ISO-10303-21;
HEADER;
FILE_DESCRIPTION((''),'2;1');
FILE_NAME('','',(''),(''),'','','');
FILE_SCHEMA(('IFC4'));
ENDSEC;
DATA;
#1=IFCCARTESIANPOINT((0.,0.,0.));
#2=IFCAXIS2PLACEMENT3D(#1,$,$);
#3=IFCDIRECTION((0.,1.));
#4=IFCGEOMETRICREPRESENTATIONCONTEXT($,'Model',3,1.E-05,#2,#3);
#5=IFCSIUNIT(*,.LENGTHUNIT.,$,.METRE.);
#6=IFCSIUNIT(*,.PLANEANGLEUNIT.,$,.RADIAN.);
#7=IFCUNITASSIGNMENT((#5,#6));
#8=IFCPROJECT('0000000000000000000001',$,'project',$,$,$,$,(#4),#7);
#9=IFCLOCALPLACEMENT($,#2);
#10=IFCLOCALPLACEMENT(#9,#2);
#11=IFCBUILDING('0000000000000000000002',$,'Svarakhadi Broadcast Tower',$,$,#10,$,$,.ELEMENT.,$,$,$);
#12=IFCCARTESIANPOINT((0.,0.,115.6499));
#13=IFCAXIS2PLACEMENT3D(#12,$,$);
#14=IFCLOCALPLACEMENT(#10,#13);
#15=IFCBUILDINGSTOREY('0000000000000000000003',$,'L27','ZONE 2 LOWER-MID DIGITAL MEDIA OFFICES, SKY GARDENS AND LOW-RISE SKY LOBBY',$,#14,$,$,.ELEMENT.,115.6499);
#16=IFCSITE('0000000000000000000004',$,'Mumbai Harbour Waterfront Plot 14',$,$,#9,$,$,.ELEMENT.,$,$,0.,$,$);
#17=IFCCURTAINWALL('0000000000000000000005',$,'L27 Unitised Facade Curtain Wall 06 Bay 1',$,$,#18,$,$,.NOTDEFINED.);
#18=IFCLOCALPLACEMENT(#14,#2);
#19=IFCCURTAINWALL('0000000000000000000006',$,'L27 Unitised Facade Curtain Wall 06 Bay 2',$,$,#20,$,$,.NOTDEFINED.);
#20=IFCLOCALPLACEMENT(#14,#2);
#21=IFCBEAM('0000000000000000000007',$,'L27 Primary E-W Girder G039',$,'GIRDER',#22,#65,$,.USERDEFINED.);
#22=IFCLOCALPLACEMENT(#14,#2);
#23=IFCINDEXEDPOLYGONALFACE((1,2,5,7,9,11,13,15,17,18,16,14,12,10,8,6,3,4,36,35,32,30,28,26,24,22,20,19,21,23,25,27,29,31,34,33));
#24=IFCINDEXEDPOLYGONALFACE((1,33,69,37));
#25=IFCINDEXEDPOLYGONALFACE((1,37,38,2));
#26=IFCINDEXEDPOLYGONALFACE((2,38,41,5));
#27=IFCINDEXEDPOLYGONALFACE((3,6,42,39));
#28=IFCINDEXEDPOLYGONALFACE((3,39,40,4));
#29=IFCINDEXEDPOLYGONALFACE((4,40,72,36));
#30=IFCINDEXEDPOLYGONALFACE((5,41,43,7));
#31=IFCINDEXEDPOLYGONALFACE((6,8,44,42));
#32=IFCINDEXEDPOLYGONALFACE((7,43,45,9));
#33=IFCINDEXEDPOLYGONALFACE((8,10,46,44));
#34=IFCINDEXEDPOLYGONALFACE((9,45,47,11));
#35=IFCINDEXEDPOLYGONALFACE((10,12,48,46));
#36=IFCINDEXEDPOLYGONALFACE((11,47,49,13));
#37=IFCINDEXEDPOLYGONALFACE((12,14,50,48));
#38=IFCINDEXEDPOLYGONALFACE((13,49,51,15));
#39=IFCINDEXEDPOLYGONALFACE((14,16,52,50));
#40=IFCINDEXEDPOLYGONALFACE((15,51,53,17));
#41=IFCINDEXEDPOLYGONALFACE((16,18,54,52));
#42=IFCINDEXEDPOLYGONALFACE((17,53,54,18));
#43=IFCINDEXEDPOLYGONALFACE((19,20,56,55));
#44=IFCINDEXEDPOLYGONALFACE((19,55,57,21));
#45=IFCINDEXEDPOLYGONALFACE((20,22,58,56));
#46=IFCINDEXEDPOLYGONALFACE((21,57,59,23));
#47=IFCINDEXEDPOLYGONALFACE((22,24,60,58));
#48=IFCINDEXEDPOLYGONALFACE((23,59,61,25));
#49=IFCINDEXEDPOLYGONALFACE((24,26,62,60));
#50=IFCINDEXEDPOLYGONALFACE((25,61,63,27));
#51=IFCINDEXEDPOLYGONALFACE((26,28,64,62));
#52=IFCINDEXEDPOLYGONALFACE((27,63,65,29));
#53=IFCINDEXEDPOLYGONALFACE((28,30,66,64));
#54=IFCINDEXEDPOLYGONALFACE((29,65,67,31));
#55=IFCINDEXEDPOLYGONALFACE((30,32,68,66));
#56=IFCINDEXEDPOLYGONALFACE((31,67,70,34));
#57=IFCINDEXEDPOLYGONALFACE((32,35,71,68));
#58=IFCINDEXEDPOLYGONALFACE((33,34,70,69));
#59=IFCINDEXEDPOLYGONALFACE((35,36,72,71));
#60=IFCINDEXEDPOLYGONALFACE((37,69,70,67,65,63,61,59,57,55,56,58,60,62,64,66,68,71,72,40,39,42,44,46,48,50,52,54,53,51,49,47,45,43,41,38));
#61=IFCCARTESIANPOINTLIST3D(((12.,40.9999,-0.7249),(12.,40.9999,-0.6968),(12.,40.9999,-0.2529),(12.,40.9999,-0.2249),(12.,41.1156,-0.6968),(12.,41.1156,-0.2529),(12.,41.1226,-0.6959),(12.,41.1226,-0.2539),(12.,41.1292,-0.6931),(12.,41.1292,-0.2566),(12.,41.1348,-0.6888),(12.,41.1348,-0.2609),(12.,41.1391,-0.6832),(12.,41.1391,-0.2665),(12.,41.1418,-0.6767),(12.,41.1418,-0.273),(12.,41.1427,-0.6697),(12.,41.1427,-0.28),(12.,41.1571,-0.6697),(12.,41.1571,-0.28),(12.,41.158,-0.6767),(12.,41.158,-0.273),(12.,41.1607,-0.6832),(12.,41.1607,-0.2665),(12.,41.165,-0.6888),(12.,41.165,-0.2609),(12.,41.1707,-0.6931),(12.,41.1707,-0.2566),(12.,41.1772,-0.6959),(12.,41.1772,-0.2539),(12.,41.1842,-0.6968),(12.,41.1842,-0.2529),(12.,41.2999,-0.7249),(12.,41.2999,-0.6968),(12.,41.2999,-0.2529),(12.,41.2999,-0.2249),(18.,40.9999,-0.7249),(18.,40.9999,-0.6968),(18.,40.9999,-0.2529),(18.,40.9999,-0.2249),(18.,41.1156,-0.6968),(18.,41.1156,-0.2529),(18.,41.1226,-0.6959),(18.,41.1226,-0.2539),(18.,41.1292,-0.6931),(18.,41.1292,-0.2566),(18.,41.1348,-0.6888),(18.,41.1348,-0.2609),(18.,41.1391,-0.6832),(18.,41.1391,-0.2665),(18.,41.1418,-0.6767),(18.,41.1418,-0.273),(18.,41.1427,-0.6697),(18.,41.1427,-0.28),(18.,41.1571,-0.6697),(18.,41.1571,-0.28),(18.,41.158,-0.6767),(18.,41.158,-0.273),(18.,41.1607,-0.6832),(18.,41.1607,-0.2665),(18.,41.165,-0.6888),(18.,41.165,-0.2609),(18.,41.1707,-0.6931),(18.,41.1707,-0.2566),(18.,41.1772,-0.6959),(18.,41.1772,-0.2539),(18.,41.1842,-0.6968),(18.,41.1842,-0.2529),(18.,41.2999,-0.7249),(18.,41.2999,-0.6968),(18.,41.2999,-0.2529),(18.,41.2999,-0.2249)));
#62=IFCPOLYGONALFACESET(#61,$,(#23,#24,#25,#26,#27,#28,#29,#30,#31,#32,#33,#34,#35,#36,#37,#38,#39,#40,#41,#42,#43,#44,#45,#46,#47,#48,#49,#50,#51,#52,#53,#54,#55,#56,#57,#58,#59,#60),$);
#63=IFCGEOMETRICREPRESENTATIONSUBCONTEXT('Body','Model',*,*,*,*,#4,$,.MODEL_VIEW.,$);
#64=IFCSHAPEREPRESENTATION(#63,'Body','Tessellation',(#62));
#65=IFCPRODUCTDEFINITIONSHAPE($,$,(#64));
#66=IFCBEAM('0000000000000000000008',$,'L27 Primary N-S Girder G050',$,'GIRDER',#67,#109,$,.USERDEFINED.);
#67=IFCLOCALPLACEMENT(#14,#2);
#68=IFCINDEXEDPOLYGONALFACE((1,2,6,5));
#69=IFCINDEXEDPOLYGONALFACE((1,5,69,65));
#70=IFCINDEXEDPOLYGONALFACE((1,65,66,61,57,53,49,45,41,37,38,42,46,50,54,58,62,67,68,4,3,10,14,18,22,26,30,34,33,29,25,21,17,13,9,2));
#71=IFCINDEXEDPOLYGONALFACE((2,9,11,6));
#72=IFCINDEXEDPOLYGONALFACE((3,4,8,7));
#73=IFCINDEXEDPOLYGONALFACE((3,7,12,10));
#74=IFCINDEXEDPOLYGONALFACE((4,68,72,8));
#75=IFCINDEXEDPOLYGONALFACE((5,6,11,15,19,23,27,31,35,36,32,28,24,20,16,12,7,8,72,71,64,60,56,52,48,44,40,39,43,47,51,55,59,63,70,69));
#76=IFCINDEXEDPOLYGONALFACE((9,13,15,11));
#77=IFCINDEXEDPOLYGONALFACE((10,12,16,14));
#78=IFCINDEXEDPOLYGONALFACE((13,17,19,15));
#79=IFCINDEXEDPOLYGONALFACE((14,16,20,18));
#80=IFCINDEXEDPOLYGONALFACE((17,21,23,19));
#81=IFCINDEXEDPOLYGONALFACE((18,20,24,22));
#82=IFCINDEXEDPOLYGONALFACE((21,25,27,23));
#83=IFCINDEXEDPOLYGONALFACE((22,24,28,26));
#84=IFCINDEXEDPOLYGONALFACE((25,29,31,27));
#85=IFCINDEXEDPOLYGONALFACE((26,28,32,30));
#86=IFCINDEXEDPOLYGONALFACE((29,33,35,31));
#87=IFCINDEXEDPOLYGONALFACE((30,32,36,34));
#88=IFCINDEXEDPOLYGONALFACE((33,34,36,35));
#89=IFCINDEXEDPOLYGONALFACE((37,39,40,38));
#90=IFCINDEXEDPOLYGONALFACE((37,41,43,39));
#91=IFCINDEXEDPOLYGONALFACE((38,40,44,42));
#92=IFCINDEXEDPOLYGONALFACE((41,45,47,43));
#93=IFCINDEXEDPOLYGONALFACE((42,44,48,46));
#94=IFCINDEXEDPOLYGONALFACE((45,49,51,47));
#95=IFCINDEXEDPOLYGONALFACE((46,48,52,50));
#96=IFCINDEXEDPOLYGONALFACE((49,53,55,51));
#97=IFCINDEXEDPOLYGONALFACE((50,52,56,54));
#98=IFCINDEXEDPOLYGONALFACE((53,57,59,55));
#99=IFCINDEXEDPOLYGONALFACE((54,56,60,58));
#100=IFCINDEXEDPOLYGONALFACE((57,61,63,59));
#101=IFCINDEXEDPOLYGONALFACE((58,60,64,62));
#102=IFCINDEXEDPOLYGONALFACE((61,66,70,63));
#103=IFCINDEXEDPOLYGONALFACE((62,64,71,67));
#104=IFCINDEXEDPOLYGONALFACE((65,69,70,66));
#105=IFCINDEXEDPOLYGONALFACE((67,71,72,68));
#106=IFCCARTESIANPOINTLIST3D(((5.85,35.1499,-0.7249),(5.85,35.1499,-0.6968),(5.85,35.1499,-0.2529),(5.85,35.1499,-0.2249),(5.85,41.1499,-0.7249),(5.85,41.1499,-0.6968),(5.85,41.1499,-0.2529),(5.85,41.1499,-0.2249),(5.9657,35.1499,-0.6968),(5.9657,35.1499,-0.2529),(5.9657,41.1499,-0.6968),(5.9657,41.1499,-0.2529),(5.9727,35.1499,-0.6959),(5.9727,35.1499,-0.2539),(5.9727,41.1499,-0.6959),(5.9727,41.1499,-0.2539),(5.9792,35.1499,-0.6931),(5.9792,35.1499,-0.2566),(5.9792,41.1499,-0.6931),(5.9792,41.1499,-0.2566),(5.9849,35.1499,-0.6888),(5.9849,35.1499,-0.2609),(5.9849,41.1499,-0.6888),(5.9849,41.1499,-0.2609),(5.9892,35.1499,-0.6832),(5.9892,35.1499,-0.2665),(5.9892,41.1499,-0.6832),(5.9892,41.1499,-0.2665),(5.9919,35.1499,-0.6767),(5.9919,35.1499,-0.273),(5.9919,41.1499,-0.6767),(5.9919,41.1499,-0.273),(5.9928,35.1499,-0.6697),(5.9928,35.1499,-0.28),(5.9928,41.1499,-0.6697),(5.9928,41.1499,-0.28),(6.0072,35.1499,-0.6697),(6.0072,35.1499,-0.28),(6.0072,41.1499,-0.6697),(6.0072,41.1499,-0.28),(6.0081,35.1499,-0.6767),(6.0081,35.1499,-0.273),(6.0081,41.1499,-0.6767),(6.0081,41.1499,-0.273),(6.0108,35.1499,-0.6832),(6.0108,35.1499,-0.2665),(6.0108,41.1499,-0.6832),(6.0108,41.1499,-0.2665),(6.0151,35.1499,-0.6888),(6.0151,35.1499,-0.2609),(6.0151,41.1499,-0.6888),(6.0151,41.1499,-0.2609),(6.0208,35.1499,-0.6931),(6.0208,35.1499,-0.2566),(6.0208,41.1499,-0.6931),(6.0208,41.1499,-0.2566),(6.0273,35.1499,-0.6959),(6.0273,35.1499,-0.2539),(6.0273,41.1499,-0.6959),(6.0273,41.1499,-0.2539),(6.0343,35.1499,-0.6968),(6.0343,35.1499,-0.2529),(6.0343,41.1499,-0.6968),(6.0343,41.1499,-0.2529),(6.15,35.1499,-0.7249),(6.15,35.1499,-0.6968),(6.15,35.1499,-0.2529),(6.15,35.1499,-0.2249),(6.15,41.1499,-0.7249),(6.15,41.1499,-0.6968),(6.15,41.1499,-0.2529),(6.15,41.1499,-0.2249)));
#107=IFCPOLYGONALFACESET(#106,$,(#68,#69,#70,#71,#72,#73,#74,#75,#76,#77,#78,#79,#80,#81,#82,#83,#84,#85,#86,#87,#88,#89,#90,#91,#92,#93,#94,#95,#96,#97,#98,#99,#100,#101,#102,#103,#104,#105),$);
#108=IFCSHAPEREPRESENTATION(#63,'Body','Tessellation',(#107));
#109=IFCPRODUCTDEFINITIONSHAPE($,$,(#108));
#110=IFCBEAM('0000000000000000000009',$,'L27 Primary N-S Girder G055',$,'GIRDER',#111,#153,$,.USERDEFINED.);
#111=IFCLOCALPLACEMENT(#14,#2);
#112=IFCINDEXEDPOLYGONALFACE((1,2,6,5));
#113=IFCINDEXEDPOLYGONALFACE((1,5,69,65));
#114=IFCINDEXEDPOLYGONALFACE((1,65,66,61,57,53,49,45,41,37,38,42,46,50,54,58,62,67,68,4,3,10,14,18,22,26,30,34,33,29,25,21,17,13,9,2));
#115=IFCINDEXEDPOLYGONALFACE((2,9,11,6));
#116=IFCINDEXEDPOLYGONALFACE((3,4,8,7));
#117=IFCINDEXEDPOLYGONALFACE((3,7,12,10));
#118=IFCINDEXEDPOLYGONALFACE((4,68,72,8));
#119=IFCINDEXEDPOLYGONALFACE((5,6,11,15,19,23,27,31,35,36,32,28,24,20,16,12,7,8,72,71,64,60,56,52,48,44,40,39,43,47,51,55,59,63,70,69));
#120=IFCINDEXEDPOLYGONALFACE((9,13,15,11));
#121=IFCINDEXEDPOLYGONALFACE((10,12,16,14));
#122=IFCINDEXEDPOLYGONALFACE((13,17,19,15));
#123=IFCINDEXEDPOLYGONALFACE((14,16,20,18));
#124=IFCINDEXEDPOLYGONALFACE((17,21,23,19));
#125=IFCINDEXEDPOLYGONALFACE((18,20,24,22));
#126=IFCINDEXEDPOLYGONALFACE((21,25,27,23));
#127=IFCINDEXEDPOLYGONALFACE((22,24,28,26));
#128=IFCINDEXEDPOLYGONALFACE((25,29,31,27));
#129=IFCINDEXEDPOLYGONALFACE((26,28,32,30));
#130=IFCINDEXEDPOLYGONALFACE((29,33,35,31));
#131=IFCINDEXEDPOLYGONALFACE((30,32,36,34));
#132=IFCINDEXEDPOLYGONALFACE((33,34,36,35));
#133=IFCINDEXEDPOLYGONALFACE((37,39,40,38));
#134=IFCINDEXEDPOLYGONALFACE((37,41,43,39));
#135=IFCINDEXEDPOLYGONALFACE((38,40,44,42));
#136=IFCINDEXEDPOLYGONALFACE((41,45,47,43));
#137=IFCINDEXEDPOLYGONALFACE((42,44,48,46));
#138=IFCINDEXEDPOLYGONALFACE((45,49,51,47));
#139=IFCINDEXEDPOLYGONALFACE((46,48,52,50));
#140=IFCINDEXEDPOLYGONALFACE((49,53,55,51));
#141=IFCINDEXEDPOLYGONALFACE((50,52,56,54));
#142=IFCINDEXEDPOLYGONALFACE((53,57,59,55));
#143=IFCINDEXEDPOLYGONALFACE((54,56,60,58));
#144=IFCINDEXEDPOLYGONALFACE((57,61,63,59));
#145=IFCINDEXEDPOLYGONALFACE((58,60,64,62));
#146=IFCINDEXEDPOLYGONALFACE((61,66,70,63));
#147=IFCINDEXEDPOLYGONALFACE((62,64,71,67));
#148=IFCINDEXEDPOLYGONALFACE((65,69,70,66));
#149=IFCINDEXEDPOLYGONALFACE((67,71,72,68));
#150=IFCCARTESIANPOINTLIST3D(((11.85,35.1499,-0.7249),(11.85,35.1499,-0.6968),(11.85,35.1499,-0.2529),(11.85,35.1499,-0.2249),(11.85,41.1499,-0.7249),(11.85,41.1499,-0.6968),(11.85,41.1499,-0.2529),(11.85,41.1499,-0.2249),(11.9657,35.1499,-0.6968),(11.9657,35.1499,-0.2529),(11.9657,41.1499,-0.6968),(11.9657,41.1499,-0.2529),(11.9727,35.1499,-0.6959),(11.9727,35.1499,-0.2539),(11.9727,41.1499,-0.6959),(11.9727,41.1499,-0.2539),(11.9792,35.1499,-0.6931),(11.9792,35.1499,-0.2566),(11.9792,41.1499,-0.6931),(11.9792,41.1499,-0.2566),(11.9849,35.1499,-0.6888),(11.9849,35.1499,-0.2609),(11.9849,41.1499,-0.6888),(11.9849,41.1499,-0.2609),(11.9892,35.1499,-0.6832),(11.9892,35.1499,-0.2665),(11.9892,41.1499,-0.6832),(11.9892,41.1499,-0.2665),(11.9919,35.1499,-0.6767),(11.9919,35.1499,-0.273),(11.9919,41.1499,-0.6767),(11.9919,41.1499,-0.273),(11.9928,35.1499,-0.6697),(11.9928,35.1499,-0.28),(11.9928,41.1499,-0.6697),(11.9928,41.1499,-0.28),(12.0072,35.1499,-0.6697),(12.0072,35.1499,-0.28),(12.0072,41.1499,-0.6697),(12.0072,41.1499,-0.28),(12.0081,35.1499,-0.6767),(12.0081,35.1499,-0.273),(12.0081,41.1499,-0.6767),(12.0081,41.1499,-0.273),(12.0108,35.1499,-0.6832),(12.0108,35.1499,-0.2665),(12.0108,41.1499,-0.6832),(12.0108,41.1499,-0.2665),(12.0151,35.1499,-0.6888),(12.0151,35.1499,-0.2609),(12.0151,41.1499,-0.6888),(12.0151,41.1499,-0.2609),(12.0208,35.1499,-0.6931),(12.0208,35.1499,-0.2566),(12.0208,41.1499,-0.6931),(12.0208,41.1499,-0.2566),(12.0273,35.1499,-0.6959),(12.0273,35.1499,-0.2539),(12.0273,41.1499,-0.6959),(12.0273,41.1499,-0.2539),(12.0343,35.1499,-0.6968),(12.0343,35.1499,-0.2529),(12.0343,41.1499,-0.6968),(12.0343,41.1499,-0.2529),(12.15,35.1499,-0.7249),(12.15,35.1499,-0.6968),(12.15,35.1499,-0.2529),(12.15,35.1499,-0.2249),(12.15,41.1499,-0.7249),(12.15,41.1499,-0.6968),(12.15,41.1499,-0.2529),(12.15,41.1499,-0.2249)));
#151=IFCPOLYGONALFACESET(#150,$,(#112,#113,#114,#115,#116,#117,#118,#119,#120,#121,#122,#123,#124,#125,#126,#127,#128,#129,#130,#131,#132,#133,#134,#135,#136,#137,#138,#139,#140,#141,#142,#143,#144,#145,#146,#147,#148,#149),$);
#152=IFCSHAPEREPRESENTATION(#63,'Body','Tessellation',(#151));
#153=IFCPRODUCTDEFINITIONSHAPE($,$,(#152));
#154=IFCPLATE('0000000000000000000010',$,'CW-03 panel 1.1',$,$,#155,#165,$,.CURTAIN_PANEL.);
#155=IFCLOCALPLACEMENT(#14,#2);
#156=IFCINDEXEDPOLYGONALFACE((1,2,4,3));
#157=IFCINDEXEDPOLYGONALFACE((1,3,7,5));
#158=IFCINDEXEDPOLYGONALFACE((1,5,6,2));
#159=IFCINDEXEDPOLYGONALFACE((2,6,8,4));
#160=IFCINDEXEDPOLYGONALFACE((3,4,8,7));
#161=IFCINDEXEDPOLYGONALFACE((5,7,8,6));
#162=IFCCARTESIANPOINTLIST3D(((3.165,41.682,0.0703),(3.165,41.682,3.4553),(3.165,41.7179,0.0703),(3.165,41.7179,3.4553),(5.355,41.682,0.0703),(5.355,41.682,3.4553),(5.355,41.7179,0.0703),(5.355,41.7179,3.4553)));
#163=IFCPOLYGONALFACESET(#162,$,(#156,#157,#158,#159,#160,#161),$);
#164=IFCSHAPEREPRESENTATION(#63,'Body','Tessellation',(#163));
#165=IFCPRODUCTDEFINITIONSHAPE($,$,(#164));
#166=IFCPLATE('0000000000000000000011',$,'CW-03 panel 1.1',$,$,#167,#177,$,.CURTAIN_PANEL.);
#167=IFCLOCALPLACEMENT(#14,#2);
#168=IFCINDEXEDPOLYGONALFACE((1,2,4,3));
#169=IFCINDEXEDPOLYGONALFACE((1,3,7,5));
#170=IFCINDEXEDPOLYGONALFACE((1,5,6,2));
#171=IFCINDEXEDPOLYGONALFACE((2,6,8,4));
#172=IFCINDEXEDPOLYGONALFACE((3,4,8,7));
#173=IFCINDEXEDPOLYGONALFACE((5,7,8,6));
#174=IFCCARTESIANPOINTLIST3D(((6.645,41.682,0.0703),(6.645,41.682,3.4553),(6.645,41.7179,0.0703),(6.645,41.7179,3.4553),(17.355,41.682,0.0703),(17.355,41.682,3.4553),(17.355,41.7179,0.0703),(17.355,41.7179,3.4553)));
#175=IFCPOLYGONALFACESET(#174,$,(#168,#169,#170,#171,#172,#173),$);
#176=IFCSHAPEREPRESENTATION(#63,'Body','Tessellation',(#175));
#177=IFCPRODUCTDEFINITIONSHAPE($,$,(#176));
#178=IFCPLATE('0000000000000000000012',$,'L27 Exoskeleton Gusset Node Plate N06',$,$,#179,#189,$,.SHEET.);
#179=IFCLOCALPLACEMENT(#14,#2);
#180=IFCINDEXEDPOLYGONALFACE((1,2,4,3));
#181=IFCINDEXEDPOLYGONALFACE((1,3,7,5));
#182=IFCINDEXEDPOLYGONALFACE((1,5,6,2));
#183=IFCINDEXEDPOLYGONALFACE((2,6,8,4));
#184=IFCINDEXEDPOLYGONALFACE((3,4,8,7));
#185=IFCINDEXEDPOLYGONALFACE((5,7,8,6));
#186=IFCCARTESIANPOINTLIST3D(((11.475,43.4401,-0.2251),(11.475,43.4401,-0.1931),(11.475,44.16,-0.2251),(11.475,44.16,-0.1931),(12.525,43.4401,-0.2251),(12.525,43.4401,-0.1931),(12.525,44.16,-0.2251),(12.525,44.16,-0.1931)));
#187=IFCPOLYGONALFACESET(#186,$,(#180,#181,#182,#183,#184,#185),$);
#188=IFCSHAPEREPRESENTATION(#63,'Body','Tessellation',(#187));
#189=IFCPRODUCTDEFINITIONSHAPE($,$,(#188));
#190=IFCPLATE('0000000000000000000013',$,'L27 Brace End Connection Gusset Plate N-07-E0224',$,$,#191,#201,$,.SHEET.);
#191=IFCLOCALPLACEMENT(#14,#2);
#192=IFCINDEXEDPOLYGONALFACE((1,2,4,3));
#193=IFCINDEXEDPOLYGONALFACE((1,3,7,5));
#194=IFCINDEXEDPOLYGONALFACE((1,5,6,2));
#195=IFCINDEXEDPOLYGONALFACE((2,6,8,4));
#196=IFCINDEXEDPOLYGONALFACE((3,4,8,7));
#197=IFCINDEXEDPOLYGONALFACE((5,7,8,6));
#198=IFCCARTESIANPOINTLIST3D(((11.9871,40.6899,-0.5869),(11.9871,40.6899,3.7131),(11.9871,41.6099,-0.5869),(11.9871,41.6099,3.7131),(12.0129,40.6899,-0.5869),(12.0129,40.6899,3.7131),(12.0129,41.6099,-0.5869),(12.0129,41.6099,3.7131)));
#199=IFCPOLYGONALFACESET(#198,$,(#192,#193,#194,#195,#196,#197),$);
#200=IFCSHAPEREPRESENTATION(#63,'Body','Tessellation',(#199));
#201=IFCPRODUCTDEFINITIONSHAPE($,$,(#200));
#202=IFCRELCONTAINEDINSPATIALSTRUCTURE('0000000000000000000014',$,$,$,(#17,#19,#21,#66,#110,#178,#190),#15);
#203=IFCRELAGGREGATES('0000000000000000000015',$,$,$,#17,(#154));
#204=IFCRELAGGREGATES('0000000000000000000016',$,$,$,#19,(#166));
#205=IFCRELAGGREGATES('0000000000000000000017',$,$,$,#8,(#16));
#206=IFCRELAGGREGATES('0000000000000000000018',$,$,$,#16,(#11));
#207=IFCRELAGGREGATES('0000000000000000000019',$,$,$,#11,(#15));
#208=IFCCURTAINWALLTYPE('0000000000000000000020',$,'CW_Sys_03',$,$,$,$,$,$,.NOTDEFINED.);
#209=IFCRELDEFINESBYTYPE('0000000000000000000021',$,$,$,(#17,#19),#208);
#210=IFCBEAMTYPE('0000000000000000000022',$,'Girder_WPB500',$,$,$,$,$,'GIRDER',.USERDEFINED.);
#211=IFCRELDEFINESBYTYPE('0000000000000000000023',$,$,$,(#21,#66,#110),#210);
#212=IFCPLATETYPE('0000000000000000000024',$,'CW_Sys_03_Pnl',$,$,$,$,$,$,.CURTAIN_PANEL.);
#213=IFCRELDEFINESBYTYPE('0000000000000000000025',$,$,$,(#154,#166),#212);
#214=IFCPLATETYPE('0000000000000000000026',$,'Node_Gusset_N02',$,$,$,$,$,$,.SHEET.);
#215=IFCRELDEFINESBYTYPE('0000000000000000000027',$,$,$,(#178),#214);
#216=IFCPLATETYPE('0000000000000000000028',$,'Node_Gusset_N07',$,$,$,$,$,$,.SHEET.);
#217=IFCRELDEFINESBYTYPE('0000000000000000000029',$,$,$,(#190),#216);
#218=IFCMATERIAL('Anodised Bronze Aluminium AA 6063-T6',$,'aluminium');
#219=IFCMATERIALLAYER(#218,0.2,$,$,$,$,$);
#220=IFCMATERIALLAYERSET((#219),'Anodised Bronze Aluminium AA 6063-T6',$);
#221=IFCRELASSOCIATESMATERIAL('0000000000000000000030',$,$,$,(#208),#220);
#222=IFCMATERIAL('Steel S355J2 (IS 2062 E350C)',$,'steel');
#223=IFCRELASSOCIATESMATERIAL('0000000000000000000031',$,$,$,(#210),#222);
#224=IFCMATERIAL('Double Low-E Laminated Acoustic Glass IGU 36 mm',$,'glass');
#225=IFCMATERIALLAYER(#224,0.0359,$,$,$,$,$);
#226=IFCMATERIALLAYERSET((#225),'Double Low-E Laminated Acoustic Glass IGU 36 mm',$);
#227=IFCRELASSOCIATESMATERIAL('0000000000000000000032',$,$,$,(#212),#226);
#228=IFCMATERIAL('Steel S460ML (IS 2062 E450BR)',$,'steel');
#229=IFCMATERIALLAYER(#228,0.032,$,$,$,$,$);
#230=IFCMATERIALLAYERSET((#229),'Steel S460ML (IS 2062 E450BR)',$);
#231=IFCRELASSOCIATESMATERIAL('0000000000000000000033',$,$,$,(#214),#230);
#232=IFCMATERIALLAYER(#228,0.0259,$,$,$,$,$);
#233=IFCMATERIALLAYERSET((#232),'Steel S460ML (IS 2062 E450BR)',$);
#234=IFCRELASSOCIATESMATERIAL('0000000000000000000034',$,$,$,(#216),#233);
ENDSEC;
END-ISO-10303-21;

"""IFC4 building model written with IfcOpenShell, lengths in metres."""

from ifc_helpers import new_model, si_unit, direction, frame, origin, origin_2d, place, context, subcontext, project, spatial, rectangle, i_section, extrude, material, layer, layer_set, material_profile, profile_set, type_object, element, aggregate, save


model = new_model("IFC4")

# Units and contexts
model_context = context("Model", 3, precision=1e-05, world=origin(), true_north=direction((0.0, 1.0)))
body_context = subcontext(model_context, "Body", "Model", "MODEL_VIEW")
ifc_project = project(units=[si_unit("LENGTHUNIT", "METRE"), si_unit("PLANEANGLEUNIT", "RADIAN")], contexts=[model_context])

# Site, building, storey
site_placement = place(None, origin())
site = spatial("IfcSite", under=ifc_project, at=site_placement, Name="Mumbai Harbour Waterfront Plot 14", CompositionType="ELEMENT", RefElevation=0.0)
building_placement = place(site_placement, origin())
building = spatial("IfcBuilding", under=site, at=building_placement, Name="Svarakhadi Broadcast Tower", CompositionType="ELEMENT")
storey_placement = place(building_placement, frame((0.0, 0.0, 115.6499)))
storey = spatial("IfcBuildingStorey", under=building, at=storey_placement, Name="L27", Description="ZONE 2 LOWER-MID DIGITAL MEDIA OFFICES, SKY GARDENS AND LOW-RISE SKY LOBBY", CompositionType="ELEMENT", Elevation=115.6499)

# Shared definitions
ifc_material_1 = material(Name="Steel S460ML (IS 2062 E450BR)", Category="steel")

# Shared definitions
ifc_material_2 = material(Name="Steel S355J2 (IS 2062 E350C)", Category="steel")

# Curtain wall
ifc_material_3 = material(Name="Anodised Bronze Aluminium AA 6063-T6", Category="aluminium")
ifc_layer_1 = layer(ifc_material_3, 0.2)
ifc_layer_set_1 = layer_set([ifc_layer_1], Name="Anodised Bronze Aluminium AA 6063-T6")
curtain_wall_type = type_object("IfcCurtainWallType", Name="CW_Sys_03", PredefinedType="NOTDEFINED", material=ifc_layer_set_1)
curtain_wall_1_placement = place(storey_placement, origin())
curtain_wall_1 = element("IfcCurtainWall", 1, at=curtain_wall_1_placement, inside=storey, type_object=curtain_wall_type, Name="L27 Unitised Facade Curtain Wall 06 Bay 1", PredefinedType="NOTDEFINED")

# Curtain wall
curtain_wall_2_placement = place(storey_placement, origin())
curtain_wall_2 = element("IfcCurtainWall", 2, at=curtain_wall_2_placement, inside=storey, type_object=curtain_wall_type, Name="L27 Unitised Facade Curtain Wall 06 Bay 2", PredefinedType="NOTDEFINED")

# Beams
ifc_material_profile_1 = material_profile(ifc_material_2, i_section(OverallWidth=0.3, OverallDepth=0.5, WebThickness=0.0144, FlangeThickness=0.0281, FilletRadius=0.0271, at=origin_2d()), Name="WPB 500x300x187")
ifc_profile_set_1 = profile_set([ifc_material_profile_1], Name="Steel S355J2 (IS 2062 E350C)")
beam_type_1 = type_object("IfcBeamType", Name="Girder_WPB500", ElementType="GIRDER", PredefinedType="USERDEFINED", material=ifc_profile_set_1)
for number, where, z_axis, x_axis, name in (
    (3, (12.0, 41.1499, -0.4749), (1.0, 0.0, 0.0), (0.0, 1.0, 0.0), "L27 Primary E-W Girder G039"),
    (4, (6.0, 35.1499, -0.4749), (0.0, 1.0, 0.0), (-1.0, 0.0, 0.0), "L27 Primary N-S Girder G050"),
    (5, (12.0, 35.1499, -0.4749), (0.0, 1.0, 0.0), (-1.0, 0.0, 0.0), "L27 Primary N-S Girder G055"),
):
    element("IfcBeam", number, at=place(storey_placement, frame(where, z_axis=z_axis, x_axis=x_axis)), inside=storey, type_object=beam_type_1, Name=name, ObjectType="GIRDER", PredefinedType="USERDEFINED", context=body_context, shape_type="SweptSolid", body=[
        extrude(i_section(OverallWidth=0.3, OverallDepth=0.5, WebThickness=0.0144, FlangeThickness=0.0281, FilletRadius=0.0271, at=origin_2d()), origin(), (0.0, 0.0, 1.0), 6.0),
    ])

# Plates
ifc_material_4 = material(Name="Double Low-E Laminated Acoustic Glass IGU 36 mm", Category="glass")
ifc_layer_2 = layer(ifc_material_4, 0.0359)
ifc_layer_set_2 = layer_set([ifc_layer_2], Name="Double Low-E Laminated Acoustic Glass IGU 36 mm")
plate_type_1 = type_object("IfcPlateType", Name="CW_Sys_03_Pnl", PredefinedType="CURTAIN_PANEL", material=ifc_layer_set_2)
plate_1_placement = place(storey_placement, frame((4.26, 41.7, 0.0703), z_axis=(0.0, 0.0, 1.0), x_axis=(1.0, 0.0, 0.0)))
plate_1 = element("IfcPlate", 6, at=plate_1_placement, type_object=plate_type_1, Name="CW-03 panel 1.1", PredefinedType="CURTAIN_PANEL", context=body_context, shape_type="SweptSolid", body=[
    extrude(rectangle(XDim=2.1899, YDim=0.0359, at=origin_2d()), origin(), (0.0, 0.0, 1.0), 3.385),
])
aggregate(curtain_wall_1, [plate_1])
plate_2_placement = place(storey_placement, frame((12.0, 41.7, 0.0703), z_axis=(0.0, 0.0, 1.0), x_axis=(1.0, 0.0, 0.0)))
plate_2 = element("IfcPlate", 7, at=plate_2_placement, type_object=plate_type_1, Name="CW-03 panel 1.1", PredefinedType="CURTAIN_PANEL", context=body_context, shape_type="SweptSolid", body=[
    extrude(rectangle(XDim=10.71, YDim=0.0359, at=origin_2d()), origin(), (0.0, 0.0, 1.0), 3.385),
])
aggregate(curtain_wall_2, [plate_2])

# Plates
ifc_layer_3 = layer(ifc_material_1, 0.032)
ifc_layer_set_3 = layer_set([ifc_layer_3], Name="Steel S460ML (IS 2062 E450BR)")
plate_type_2 = type_object("IfcPlateType", Name="Node_Gusset_N02", PredefinedType="SHEET", material=ifc_layer_set_3)
plate_3_placement = place(storey_placement, frame((12.0, 43.8, -0.2251), z_axis=(0.0, 0.0, 1.0), x_axis=(1.0, 0.0, 0.0)))
element("IfcPlate", 8, at=plate_3_placement, inside=storey, type_object=plate_type_2, Name="L27 Exoskeleton Gusset Node Plate N06", PredefinedType="SHEET", context=body_context, shape_type="SweptSolid", body=[
    extrude(rectangle(XDim=1.05, YDim=0.72, at=origin_2d()), origin(), (0.0, 0.0, 1.0), 0.032),
])
ifc_layer_4 = layer(ifc_material_1, 0.0259)
ifc_layer_set_4 = layer_set([ifc_layer_4], Name="Steel S460ML (IS 2062 E450BR)")
plate_type_3 = type_object("IfcPlateType", Name="Node_Gusset_N07", PredefinedType="SHEET", material=ifc_layer_set_4)
plate_4_placement = place(storey_placement, frame((12.0, 41.1499, -0.5869), z_axis=(0.0, 0.0, 1.0), x_axis=(0.0, 1.0, 0.0)))
element("IfcPlate", 9, at=plate_4_placement, inside=storey, type_object=plate_type_3, Name="L27 Brace End Connection Gusset Plate N-07-E0224", PredefinedType="SHEET", context=body_context, shape_type="SweptSolid", body=[
    extrude(rectangle(XDim=0.9199, YDim=0.0259, at=origin_2d()), origin(), (0.0, 0.0, 1.0), 4.3),
])

save(model, "model.ifc")
